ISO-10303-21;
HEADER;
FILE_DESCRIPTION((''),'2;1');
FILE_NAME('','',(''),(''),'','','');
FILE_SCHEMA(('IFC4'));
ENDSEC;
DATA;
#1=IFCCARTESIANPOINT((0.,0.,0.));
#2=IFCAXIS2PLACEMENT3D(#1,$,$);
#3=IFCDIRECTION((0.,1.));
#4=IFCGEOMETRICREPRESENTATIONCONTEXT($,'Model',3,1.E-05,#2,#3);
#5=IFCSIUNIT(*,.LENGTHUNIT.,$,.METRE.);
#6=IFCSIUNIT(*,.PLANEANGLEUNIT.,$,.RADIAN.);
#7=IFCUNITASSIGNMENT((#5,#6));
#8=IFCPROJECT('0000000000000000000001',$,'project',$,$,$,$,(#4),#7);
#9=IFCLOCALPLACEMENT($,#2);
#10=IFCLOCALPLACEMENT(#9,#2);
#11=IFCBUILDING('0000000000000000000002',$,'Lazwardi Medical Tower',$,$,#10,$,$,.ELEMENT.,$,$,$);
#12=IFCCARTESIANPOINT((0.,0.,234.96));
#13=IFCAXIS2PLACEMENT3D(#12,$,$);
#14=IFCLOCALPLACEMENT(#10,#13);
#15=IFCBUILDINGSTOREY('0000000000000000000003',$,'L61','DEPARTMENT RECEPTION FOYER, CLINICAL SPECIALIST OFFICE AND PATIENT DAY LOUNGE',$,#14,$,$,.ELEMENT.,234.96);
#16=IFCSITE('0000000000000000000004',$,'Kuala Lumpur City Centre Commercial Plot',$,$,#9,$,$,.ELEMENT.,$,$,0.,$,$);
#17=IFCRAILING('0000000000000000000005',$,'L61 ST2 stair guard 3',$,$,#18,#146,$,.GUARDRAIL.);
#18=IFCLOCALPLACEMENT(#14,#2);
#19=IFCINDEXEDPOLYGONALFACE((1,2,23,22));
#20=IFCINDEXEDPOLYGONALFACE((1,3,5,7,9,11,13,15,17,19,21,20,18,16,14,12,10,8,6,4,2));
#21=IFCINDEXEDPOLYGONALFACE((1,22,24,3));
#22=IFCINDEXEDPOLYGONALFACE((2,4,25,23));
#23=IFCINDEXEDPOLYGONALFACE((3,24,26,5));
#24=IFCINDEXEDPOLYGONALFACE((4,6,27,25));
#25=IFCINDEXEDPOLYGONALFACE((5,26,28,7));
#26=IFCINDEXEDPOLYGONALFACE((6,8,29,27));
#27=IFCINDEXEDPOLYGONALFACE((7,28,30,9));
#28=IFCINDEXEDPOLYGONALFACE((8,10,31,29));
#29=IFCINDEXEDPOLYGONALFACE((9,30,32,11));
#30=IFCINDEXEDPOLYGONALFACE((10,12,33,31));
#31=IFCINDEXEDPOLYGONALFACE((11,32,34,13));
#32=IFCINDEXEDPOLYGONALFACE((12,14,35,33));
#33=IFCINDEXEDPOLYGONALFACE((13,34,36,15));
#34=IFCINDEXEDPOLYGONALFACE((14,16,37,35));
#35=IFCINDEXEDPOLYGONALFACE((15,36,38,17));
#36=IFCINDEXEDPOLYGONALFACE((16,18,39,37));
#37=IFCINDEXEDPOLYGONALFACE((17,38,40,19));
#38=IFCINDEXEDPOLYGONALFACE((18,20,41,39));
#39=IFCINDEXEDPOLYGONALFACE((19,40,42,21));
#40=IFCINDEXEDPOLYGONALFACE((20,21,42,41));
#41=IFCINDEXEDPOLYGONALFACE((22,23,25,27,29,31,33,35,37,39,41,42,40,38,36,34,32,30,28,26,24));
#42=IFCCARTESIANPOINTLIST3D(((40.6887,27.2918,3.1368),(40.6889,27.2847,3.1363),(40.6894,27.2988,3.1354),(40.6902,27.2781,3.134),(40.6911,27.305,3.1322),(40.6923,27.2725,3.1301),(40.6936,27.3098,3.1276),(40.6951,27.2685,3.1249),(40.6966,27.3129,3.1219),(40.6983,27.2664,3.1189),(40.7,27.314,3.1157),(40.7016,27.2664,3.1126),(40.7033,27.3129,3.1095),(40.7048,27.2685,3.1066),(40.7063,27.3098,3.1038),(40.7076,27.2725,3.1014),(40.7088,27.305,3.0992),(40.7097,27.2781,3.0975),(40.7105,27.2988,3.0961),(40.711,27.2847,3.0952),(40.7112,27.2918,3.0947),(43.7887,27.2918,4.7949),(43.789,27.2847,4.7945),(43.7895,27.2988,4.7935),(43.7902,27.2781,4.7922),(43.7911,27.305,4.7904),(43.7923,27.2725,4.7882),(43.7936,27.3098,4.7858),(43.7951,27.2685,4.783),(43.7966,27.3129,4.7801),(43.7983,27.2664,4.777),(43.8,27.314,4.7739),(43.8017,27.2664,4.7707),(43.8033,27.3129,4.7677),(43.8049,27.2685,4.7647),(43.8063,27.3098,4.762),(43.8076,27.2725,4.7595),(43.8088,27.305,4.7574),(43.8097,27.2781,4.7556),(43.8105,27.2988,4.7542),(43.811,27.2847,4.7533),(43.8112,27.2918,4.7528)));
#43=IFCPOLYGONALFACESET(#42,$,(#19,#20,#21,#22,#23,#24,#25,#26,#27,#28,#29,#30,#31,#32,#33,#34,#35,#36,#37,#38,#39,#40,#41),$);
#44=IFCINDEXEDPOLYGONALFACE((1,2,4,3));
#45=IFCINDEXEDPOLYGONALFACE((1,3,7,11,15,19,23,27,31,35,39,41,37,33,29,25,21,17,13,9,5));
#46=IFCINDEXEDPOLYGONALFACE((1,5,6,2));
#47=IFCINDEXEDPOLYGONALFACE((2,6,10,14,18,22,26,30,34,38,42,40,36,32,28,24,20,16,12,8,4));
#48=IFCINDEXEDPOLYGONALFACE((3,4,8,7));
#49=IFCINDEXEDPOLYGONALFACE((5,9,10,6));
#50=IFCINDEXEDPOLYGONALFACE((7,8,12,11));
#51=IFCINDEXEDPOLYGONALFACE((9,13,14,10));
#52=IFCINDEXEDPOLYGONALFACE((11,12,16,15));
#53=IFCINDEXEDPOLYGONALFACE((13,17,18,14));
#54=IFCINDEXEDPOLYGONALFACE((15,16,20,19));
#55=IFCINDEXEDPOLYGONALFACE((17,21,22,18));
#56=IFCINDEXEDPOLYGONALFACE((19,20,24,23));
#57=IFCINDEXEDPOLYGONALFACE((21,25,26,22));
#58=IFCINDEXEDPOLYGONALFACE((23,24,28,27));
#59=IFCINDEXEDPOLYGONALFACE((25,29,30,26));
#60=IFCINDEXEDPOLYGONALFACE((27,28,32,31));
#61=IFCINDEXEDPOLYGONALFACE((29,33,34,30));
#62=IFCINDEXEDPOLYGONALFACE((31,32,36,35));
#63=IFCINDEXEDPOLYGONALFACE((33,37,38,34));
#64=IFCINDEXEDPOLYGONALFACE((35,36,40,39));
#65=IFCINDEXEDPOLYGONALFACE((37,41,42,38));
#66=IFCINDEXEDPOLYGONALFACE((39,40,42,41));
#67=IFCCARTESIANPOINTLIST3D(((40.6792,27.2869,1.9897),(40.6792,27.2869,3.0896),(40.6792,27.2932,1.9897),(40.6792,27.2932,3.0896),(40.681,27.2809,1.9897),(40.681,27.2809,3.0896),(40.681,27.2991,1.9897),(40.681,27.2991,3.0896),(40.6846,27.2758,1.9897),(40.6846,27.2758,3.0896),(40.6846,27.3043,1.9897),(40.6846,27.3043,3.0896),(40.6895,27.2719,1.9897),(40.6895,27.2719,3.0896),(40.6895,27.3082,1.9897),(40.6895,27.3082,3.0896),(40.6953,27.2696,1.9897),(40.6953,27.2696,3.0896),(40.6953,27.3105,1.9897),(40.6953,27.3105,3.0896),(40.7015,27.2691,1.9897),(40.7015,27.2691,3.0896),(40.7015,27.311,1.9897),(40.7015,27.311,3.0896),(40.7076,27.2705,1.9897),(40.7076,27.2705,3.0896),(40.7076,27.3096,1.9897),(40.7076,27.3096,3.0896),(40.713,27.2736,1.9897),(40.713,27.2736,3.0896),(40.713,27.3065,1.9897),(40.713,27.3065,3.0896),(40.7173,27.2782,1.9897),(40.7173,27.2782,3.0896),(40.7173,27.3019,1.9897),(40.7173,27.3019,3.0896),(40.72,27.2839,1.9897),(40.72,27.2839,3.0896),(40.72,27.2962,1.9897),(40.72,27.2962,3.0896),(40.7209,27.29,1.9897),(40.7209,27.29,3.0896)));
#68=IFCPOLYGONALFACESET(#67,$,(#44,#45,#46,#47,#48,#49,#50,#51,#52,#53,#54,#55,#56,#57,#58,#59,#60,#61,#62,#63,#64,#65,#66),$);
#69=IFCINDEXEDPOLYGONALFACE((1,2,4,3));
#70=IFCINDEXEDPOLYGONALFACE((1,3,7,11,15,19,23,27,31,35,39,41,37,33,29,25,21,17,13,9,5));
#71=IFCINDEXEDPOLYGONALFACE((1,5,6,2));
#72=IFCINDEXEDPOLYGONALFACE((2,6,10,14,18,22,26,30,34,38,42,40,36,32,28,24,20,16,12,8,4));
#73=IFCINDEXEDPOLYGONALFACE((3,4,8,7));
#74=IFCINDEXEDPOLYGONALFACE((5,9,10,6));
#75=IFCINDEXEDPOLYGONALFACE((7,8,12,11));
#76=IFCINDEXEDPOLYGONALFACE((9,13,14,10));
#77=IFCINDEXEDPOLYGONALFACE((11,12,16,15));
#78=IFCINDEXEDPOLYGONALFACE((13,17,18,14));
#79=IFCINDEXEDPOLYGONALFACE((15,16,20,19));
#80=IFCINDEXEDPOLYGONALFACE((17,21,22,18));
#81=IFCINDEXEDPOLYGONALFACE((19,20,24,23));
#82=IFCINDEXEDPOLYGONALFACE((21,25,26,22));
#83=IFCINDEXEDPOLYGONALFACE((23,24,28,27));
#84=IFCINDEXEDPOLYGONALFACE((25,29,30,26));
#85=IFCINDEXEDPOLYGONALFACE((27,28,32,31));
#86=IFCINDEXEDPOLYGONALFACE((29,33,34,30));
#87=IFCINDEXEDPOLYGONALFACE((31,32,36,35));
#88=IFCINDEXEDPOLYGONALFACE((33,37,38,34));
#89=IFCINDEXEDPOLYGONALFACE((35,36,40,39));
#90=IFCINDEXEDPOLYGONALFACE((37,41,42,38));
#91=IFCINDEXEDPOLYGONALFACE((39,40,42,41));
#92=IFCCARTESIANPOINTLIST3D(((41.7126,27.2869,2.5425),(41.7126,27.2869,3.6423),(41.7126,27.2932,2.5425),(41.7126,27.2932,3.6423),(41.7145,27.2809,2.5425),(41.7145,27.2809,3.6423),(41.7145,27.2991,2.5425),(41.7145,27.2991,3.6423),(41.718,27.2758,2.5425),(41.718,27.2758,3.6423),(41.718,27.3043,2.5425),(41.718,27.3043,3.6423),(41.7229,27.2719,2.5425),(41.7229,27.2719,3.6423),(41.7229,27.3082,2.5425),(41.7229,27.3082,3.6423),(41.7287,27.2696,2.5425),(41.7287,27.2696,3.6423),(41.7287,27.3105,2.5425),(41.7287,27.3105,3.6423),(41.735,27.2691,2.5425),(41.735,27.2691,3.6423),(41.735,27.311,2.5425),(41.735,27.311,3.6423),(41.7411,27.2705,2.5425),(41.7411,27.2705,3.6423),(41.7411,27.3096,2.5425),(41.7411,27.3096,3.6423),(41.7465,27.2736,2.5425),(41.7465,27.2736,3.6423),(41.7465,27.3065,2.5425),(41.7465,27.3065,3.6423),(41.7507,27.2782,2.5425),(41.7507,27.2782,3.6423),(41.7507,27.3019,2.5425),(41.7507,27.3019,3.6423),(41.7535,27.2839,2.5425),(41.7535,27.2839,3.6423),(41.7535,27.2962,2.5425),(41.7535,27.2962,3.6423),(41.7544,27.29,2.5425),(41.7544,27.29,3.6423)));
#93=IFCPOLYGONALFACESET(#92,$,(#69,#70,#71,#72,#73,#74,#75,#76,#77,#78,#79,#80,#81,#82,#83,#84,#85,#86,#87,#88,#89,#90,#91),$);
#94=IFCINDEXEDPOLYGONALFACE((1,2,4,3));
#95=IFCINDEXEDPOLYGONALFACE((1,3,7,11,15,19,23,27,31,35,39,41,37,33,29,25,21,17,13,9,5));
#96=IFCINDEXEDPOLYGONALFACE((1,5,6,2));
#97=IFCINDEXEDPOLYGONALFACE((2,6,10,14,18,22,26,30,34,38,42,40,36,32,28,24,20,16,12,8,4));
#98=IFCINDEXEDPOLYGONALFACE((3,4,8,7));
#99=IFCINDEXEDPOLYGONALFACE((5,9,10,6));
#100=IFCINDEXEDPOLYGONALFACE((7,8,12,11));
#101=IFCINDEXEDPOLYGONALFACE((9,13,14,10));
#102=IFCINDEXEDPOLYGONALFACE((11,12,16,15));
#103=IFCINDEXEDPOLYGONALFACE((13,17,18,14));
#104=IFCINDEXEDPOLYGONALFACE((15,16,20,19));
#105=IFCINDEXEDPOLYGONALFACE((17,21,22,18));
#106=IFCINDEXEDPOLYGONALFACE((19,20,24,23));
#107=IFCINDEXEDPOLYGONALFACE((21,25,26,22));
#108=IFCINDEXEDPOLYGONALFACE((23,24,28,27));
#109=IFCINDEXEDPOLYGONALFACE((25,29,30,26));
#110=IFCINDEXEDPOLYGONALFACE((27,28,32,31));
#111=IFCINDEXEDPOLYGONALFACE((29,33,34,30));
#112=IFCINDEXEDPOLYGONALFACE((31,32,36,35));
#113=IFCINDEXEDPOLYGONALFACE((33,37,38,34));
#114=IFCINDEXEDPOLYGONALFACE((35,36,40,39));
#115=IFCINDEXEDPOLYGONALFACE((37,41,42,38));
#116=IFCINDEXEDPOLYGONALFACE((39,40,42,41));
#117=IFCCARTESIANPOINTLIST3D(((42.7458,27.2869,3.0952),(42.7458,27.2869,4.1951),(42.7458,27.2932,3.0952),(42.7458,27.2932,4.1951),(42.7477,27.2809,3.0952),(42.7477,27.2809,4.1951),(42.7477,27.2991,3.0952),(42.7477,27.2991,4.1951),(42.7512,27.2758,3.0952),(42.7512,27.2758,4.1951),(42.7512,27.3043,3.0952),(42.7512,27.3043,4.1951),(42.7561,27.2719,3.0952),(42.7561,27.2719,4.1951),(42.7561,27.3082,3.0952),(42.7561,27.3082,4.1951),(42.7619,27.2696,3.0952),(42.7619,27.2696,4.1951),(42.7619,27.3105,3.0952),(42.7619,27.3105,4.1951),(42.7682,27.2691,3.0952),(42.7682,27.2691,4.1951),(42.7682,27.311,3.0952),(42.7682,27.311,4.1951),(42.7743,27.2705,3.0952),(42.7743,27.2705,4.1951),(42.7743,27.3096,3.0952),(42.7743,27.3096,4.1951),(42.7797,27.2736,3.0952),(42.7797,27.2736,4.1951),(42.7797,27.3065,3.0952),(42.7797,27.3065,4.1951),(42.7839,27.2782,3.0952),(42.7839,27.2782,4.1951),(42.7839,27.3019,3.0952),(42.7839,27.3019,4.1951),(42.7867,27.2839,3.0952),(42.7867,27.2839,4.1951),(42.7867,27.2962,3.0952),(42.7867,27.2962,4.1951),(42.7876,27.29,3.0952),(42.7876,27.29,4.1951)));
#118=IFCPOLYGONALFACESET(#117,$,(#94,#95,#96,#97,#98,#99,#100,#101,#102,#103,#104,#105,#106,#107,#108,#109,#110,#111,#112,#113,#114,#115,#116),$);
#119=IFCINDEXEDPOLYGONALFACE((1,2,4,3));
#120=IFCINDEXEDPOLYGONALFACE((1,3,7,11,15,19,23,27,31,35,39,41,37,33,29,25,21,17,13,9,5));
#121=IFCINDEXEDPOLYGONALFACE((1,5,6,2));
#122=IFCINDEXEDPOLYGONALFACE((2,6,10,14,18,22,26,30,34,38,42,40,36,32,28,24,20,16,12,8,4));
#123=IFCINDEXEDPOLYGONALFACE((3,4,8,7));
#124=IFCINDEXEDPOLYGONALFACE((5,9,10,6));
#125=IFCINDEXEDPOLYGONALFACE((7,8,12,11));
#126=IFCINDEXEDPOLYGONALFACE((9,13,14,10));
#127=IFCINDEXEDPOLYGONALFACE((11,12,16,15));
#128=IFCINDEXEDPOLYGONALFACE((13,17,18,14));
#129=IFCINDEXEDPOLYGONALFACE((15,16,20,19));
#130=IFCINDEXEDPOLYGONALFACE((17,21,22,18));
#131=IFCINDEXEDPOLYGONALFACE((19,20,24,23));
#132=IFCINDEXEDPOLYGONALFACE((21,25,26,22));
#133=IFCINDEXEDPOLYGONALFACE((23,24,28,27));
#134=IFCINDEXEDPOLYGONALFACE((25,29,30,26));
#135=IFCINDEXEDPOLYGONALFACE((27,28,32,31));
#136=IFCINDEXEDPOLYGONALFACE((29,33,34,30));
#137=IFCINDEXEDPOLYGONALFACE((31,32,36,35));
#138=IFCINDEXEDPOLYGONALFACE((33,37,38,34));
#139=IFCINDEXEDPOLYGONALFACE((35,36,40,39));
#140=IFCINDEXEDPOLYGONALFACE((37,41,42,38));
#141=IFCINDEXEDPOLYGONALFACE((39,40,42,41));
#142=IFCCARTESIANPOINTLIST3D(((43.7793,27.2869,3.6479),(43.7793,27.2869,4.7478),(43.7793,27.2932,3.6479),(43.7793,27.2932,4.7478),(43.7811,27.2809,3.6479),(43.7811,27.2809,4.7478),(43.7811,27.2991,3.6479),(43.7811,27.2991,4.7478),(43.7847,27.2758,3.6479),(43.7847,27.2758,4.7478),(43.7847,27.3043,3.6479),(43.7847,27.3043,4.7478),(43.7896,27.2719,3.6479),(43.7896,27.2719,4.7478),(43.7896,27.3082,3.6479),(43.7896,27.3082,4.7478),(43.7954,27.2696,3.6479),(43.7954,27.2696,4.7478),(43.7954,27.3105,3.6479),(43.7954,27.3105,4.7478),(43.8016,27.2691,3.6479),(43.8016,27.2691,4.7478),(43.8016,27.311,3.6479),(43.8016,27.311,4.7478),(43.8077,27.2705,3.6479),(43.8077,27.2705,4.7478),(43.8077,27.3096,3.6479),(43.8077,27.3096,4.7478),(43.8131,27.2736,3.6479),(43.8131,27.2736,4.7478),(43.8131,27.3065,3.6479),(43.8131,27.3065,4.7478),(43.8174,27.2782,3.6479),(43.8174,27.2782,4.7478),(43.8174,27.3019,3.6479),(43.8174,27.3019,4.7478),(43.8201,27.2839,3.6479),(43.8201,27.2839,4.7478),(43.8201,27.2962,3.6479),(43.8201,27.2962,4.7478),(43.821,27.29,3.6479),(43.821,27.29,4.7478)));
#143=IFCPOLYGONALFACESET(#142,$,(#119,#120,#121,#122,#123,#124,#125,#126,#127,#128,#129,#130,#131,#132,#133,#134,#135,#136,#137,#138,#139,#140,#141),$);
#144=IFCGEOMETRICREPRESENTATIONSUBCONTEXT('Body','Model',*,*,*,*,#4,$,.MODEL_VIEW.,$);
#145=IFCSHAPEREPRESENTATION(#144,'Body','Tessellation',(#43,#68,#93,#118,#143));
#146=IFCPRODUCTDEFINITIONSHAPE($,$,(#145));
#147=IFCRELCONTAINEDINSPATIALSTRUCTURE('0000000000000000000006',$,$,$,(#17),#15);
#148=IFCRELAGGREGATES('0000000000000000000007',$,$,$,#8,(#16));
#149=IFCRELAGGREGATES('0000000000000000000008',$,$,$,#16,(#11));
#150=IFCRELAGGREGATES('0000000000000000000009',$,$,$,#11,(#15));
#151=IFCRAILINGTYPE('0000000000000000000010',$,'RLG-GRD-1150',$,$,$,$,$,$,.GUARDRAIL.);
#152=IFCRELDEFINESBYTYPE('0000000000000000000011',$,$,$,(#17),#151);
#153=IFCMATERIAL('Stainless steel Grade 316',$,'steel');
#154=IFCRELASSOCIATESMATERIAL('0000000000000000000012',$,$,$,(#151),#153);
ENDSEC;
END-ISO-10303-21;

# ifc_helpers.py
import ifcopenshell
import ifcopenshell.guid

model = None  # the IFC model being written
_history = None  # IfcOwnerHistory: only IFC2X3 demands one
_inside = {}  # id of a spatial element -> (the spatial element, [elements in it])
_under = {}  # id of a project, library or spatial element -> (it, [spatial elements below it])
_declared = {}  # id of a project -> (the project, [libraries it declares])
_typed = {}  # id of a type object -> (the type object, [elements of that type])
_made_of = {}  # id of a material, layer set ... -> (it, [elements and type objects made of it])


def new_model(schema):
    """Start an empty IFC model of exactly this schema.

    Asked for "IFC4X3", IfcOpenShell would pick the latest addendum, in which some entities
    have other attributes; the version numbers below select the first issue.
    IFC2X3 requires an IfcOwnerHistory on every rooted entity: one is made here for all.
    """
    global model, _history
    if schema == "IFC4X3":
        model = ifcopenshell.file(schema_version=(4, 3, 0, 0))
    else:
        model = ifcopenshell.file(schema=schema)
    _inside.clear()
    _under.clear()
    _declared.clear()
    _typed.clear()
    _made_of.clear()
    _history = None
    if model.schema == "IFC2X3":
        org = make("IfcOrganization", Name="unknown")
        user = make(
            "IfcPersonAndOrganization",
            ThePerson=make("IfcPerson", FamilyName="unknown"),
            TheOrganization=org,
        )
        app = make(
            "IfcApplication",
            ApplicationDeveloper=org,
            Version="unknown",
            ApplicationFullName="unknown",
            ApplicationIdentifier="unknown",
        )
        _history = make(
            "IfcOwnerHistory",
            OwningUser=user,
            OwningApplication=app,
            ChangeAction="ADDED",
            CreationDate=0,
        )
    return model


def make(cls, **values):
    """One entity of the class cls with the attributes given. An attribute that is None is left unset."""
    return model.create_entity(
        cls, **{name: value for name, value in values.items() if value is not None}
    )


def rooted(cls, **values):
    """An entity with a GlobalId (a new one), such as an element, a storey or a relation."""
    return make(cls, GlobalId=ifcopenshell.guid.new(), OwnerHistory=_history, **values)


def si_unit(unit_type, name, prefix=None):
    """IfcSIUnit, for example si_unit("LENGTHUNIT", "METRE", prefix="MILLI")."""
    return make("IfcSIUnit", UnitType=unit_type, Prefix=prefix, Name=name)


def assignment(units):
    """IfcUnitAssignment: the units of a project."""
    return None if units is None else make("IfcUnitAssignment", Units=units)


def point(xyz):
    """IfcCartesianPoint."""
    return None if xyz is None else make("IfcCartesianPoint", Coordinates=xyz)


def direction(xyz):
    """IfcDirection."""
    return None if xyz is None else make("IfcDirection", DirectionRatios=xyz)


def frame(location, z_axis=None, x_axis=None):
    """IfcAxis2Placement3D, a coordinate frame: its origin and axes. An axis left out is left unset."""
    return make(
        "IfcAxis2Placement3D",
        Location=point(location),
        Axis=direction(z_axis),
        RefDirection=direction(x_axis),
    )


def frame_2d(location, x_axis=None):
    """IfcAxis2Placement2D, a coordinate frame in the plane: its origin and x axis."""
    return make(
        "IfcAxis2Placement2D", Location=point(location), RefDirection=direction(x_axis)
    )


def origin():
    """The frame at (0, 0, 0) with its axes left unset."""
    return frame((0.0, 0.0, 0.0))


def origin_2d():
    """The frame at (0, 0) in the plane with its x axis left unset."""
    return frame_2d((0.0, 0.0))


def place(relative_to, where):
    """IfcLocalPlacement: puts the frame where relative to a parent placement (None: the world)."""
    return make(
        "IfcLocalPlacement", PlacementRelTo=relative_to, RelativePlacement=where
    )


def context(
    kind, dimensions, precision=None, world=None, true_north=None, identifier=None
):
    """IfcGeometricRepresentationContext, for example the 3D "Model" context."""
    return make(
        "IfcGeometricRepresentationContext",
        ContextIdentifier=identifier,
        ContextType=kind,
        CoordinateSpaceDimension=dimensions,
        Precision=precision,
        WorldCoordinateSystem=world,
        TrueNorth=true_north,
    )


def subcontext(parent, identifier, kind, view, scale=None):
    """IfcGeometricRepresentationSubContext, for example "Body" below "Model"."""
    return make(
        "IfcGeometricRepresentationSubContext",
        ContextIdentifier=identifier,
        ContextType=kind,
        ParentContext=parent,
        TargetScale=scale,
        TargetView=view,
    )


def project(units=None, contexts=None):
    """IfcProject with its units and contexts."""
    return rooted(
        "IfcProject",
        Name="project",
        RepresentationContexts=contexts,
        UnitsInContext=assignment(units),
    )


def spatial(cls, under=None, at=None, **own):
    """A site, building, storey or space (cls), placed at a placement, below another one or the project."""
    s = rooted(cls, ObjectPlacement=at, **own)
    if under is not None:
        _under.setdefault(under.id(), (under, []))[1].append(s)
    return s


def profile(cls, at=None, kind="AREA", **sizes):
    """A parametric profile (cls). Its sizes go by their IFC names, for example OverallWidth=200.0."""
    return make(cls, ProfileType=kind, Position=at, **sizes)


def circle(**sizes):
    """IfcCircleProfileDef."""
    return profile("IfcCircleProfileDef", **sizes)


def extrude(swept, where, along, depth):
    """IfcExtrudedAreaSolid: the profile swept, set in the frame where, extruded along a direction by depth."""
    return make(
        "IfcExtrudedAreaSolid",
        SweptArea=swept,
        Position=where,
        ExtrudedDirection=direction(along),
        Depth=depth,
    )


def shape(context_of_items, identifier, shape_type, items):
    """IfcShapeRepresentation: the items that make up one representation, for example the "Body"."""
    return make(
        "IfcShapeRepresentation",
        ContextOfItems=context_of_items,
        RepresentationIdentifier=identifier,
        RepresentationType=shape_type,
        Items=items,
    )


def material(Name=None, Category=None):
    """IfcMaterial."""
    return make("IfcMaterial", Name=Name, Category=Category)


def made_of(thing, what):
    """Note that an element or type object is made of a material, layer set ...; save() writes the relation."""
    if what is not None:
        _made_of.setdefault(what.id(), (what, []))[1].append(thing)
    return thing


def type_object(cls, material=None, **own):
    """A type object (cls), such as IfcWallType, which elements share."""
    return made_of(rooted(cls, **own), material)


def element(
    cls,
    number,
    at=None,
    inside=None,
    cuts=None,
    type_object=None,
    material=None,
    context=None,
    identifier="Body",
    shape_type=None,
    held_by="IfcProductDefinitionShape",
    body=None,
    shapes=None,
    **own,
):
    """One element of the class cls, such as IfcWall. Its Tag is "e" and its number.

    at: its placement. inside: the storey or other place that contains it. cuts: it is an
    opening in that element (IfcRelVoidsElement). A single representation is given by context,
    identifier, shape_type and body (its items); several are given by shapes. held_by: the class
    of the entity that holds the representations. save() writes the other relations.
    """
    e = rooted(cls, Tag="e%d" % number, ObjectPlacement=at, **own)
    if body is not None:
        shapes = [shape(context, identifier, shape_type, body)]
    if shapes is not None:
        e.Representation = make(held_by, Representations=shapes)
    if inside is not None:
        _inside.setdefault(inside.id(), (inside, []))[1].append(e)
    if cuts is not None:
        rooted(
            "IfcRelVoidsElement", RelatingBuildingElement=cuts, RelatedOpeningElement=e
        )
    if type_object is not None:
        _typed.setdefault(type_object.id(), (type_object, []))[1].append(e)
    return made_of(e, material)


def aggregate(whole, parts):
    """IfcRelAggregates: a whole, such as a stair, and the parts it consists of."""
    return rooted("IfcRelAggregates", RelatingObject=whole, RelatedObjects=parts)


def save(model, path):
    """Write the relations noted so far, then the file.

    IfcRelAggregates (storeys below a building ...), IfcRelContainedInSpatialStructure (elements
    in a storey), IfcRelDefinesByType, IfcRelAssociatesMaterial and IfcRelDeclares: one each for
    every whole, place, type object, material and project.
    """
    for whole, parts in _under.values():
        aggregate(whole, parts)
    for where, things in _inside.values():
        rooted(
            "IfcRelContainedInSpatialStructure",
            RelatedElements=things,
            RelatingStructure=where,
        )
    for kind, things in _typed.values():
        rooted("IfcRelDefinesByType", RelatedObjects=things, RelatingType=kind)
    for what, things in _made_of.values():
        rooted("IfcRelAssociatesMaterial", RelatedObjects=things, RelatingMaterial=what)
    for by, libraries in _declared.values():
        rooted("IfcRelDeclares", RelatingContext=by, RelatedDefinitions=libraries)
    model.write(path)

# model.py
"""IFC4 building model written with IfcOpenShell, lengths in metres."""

from ifc_helpers import new_model, si_unit, direction, frame, origin, origin_2d, place, context, subcontext, project, spatial, circle, extrude, material, type_object, element, save


model = new_model("IFC4")

# Units and contexts
model_context = context("Model", 3, precision=1e-05, world=origin(), true_north=direction((0.0, 1.0)))
body_context = subcontext(model_context, "Body", "Model", "MODEL_VIEW")
ifc_project = project(units=[si_unit("LENGTHUNIT", "METRE"), si_unit("PLANEANGLEUNIT", "RADIAN")], contexts=[model_context])

# Site, building, storey
site_placement = place(None, origin())
site = spatial("IfcSite", under=ifc_project, at=site_placement, Name="Kuala Lumpur City Centre Commercial Plot", CompositionType="ELEMENT", RefElevation=0.0)
building_placement = place(site_placement, origin())
building = spatial("IfcBuilding", under=site, at=building_placement, Name="Lazwardi Medical Tower", CompositionType="ELEMENT")
storey_placement = place(building_placement, frame((0.0, 0.0, 234.96)))
storey = spatial("IfcBuildingStorey", under=building, at=storey_placement, Name="L61", Description="DEPARTMENT RECEPTION FOYER, CLINICAL SPECIALIST OFFICE AND PATIENT DAY LOUNGE", CompositionType="ELEMENT", Elevation=234.96)

# Railing
ifc_material_1 = material(Name="Stainless steel Grade 316", Category="steel")
railing_type_1 = type_object("IfcRailingType", Name="RLG-GRD-1150", PredefinedType="GUARDRAIL", material=ifc_material_1)
railing_1_placement = place(storey_placement, frame((40.7, 27.29, 1.9897)))
element("IfcRailing", 1, at=railing_1_placement, inside=storey, type_object=railing_type_1, Name="L61 ST2 stair guard 3", PredefinedType="GUARDRAIL", context=body_context, shape_type="SweptSolid", body=[
    extrude(circle(Radius=0.0239, at=origin_2d()), frame((0.0, 0.0, 1.126), z_axis=(0.881783, 0.0, 0.471655), x_axis=(0.0, 1.0, 0.0)), (0.0, 0.0, 1.0), 3.5156),
    extrude(circle(Radius=0.021, at=origin_2d()), origin(), (0.0, 0.0, 1.0), 1.0999),
    extrude(circle(Radius=0.021, at=origin_2d()), frame((1.0334, 0.0, 0.5527)), (0.0, 0.0, 1.0), 1.0999),
    extrude(circle(Radius=0.021, at=origin_2d()), frame((2.0667, 0.0, 1.1055)), (0.0, 0.0, 1.0), 1.0999),
    extrude(circle(Radius=0.021, at=origin_2d()), frame((3.1001, 0.0, 1.6582)), (0.0, 0.0, 1.0), 1.0999),
])

save(model, "model.ifc")
